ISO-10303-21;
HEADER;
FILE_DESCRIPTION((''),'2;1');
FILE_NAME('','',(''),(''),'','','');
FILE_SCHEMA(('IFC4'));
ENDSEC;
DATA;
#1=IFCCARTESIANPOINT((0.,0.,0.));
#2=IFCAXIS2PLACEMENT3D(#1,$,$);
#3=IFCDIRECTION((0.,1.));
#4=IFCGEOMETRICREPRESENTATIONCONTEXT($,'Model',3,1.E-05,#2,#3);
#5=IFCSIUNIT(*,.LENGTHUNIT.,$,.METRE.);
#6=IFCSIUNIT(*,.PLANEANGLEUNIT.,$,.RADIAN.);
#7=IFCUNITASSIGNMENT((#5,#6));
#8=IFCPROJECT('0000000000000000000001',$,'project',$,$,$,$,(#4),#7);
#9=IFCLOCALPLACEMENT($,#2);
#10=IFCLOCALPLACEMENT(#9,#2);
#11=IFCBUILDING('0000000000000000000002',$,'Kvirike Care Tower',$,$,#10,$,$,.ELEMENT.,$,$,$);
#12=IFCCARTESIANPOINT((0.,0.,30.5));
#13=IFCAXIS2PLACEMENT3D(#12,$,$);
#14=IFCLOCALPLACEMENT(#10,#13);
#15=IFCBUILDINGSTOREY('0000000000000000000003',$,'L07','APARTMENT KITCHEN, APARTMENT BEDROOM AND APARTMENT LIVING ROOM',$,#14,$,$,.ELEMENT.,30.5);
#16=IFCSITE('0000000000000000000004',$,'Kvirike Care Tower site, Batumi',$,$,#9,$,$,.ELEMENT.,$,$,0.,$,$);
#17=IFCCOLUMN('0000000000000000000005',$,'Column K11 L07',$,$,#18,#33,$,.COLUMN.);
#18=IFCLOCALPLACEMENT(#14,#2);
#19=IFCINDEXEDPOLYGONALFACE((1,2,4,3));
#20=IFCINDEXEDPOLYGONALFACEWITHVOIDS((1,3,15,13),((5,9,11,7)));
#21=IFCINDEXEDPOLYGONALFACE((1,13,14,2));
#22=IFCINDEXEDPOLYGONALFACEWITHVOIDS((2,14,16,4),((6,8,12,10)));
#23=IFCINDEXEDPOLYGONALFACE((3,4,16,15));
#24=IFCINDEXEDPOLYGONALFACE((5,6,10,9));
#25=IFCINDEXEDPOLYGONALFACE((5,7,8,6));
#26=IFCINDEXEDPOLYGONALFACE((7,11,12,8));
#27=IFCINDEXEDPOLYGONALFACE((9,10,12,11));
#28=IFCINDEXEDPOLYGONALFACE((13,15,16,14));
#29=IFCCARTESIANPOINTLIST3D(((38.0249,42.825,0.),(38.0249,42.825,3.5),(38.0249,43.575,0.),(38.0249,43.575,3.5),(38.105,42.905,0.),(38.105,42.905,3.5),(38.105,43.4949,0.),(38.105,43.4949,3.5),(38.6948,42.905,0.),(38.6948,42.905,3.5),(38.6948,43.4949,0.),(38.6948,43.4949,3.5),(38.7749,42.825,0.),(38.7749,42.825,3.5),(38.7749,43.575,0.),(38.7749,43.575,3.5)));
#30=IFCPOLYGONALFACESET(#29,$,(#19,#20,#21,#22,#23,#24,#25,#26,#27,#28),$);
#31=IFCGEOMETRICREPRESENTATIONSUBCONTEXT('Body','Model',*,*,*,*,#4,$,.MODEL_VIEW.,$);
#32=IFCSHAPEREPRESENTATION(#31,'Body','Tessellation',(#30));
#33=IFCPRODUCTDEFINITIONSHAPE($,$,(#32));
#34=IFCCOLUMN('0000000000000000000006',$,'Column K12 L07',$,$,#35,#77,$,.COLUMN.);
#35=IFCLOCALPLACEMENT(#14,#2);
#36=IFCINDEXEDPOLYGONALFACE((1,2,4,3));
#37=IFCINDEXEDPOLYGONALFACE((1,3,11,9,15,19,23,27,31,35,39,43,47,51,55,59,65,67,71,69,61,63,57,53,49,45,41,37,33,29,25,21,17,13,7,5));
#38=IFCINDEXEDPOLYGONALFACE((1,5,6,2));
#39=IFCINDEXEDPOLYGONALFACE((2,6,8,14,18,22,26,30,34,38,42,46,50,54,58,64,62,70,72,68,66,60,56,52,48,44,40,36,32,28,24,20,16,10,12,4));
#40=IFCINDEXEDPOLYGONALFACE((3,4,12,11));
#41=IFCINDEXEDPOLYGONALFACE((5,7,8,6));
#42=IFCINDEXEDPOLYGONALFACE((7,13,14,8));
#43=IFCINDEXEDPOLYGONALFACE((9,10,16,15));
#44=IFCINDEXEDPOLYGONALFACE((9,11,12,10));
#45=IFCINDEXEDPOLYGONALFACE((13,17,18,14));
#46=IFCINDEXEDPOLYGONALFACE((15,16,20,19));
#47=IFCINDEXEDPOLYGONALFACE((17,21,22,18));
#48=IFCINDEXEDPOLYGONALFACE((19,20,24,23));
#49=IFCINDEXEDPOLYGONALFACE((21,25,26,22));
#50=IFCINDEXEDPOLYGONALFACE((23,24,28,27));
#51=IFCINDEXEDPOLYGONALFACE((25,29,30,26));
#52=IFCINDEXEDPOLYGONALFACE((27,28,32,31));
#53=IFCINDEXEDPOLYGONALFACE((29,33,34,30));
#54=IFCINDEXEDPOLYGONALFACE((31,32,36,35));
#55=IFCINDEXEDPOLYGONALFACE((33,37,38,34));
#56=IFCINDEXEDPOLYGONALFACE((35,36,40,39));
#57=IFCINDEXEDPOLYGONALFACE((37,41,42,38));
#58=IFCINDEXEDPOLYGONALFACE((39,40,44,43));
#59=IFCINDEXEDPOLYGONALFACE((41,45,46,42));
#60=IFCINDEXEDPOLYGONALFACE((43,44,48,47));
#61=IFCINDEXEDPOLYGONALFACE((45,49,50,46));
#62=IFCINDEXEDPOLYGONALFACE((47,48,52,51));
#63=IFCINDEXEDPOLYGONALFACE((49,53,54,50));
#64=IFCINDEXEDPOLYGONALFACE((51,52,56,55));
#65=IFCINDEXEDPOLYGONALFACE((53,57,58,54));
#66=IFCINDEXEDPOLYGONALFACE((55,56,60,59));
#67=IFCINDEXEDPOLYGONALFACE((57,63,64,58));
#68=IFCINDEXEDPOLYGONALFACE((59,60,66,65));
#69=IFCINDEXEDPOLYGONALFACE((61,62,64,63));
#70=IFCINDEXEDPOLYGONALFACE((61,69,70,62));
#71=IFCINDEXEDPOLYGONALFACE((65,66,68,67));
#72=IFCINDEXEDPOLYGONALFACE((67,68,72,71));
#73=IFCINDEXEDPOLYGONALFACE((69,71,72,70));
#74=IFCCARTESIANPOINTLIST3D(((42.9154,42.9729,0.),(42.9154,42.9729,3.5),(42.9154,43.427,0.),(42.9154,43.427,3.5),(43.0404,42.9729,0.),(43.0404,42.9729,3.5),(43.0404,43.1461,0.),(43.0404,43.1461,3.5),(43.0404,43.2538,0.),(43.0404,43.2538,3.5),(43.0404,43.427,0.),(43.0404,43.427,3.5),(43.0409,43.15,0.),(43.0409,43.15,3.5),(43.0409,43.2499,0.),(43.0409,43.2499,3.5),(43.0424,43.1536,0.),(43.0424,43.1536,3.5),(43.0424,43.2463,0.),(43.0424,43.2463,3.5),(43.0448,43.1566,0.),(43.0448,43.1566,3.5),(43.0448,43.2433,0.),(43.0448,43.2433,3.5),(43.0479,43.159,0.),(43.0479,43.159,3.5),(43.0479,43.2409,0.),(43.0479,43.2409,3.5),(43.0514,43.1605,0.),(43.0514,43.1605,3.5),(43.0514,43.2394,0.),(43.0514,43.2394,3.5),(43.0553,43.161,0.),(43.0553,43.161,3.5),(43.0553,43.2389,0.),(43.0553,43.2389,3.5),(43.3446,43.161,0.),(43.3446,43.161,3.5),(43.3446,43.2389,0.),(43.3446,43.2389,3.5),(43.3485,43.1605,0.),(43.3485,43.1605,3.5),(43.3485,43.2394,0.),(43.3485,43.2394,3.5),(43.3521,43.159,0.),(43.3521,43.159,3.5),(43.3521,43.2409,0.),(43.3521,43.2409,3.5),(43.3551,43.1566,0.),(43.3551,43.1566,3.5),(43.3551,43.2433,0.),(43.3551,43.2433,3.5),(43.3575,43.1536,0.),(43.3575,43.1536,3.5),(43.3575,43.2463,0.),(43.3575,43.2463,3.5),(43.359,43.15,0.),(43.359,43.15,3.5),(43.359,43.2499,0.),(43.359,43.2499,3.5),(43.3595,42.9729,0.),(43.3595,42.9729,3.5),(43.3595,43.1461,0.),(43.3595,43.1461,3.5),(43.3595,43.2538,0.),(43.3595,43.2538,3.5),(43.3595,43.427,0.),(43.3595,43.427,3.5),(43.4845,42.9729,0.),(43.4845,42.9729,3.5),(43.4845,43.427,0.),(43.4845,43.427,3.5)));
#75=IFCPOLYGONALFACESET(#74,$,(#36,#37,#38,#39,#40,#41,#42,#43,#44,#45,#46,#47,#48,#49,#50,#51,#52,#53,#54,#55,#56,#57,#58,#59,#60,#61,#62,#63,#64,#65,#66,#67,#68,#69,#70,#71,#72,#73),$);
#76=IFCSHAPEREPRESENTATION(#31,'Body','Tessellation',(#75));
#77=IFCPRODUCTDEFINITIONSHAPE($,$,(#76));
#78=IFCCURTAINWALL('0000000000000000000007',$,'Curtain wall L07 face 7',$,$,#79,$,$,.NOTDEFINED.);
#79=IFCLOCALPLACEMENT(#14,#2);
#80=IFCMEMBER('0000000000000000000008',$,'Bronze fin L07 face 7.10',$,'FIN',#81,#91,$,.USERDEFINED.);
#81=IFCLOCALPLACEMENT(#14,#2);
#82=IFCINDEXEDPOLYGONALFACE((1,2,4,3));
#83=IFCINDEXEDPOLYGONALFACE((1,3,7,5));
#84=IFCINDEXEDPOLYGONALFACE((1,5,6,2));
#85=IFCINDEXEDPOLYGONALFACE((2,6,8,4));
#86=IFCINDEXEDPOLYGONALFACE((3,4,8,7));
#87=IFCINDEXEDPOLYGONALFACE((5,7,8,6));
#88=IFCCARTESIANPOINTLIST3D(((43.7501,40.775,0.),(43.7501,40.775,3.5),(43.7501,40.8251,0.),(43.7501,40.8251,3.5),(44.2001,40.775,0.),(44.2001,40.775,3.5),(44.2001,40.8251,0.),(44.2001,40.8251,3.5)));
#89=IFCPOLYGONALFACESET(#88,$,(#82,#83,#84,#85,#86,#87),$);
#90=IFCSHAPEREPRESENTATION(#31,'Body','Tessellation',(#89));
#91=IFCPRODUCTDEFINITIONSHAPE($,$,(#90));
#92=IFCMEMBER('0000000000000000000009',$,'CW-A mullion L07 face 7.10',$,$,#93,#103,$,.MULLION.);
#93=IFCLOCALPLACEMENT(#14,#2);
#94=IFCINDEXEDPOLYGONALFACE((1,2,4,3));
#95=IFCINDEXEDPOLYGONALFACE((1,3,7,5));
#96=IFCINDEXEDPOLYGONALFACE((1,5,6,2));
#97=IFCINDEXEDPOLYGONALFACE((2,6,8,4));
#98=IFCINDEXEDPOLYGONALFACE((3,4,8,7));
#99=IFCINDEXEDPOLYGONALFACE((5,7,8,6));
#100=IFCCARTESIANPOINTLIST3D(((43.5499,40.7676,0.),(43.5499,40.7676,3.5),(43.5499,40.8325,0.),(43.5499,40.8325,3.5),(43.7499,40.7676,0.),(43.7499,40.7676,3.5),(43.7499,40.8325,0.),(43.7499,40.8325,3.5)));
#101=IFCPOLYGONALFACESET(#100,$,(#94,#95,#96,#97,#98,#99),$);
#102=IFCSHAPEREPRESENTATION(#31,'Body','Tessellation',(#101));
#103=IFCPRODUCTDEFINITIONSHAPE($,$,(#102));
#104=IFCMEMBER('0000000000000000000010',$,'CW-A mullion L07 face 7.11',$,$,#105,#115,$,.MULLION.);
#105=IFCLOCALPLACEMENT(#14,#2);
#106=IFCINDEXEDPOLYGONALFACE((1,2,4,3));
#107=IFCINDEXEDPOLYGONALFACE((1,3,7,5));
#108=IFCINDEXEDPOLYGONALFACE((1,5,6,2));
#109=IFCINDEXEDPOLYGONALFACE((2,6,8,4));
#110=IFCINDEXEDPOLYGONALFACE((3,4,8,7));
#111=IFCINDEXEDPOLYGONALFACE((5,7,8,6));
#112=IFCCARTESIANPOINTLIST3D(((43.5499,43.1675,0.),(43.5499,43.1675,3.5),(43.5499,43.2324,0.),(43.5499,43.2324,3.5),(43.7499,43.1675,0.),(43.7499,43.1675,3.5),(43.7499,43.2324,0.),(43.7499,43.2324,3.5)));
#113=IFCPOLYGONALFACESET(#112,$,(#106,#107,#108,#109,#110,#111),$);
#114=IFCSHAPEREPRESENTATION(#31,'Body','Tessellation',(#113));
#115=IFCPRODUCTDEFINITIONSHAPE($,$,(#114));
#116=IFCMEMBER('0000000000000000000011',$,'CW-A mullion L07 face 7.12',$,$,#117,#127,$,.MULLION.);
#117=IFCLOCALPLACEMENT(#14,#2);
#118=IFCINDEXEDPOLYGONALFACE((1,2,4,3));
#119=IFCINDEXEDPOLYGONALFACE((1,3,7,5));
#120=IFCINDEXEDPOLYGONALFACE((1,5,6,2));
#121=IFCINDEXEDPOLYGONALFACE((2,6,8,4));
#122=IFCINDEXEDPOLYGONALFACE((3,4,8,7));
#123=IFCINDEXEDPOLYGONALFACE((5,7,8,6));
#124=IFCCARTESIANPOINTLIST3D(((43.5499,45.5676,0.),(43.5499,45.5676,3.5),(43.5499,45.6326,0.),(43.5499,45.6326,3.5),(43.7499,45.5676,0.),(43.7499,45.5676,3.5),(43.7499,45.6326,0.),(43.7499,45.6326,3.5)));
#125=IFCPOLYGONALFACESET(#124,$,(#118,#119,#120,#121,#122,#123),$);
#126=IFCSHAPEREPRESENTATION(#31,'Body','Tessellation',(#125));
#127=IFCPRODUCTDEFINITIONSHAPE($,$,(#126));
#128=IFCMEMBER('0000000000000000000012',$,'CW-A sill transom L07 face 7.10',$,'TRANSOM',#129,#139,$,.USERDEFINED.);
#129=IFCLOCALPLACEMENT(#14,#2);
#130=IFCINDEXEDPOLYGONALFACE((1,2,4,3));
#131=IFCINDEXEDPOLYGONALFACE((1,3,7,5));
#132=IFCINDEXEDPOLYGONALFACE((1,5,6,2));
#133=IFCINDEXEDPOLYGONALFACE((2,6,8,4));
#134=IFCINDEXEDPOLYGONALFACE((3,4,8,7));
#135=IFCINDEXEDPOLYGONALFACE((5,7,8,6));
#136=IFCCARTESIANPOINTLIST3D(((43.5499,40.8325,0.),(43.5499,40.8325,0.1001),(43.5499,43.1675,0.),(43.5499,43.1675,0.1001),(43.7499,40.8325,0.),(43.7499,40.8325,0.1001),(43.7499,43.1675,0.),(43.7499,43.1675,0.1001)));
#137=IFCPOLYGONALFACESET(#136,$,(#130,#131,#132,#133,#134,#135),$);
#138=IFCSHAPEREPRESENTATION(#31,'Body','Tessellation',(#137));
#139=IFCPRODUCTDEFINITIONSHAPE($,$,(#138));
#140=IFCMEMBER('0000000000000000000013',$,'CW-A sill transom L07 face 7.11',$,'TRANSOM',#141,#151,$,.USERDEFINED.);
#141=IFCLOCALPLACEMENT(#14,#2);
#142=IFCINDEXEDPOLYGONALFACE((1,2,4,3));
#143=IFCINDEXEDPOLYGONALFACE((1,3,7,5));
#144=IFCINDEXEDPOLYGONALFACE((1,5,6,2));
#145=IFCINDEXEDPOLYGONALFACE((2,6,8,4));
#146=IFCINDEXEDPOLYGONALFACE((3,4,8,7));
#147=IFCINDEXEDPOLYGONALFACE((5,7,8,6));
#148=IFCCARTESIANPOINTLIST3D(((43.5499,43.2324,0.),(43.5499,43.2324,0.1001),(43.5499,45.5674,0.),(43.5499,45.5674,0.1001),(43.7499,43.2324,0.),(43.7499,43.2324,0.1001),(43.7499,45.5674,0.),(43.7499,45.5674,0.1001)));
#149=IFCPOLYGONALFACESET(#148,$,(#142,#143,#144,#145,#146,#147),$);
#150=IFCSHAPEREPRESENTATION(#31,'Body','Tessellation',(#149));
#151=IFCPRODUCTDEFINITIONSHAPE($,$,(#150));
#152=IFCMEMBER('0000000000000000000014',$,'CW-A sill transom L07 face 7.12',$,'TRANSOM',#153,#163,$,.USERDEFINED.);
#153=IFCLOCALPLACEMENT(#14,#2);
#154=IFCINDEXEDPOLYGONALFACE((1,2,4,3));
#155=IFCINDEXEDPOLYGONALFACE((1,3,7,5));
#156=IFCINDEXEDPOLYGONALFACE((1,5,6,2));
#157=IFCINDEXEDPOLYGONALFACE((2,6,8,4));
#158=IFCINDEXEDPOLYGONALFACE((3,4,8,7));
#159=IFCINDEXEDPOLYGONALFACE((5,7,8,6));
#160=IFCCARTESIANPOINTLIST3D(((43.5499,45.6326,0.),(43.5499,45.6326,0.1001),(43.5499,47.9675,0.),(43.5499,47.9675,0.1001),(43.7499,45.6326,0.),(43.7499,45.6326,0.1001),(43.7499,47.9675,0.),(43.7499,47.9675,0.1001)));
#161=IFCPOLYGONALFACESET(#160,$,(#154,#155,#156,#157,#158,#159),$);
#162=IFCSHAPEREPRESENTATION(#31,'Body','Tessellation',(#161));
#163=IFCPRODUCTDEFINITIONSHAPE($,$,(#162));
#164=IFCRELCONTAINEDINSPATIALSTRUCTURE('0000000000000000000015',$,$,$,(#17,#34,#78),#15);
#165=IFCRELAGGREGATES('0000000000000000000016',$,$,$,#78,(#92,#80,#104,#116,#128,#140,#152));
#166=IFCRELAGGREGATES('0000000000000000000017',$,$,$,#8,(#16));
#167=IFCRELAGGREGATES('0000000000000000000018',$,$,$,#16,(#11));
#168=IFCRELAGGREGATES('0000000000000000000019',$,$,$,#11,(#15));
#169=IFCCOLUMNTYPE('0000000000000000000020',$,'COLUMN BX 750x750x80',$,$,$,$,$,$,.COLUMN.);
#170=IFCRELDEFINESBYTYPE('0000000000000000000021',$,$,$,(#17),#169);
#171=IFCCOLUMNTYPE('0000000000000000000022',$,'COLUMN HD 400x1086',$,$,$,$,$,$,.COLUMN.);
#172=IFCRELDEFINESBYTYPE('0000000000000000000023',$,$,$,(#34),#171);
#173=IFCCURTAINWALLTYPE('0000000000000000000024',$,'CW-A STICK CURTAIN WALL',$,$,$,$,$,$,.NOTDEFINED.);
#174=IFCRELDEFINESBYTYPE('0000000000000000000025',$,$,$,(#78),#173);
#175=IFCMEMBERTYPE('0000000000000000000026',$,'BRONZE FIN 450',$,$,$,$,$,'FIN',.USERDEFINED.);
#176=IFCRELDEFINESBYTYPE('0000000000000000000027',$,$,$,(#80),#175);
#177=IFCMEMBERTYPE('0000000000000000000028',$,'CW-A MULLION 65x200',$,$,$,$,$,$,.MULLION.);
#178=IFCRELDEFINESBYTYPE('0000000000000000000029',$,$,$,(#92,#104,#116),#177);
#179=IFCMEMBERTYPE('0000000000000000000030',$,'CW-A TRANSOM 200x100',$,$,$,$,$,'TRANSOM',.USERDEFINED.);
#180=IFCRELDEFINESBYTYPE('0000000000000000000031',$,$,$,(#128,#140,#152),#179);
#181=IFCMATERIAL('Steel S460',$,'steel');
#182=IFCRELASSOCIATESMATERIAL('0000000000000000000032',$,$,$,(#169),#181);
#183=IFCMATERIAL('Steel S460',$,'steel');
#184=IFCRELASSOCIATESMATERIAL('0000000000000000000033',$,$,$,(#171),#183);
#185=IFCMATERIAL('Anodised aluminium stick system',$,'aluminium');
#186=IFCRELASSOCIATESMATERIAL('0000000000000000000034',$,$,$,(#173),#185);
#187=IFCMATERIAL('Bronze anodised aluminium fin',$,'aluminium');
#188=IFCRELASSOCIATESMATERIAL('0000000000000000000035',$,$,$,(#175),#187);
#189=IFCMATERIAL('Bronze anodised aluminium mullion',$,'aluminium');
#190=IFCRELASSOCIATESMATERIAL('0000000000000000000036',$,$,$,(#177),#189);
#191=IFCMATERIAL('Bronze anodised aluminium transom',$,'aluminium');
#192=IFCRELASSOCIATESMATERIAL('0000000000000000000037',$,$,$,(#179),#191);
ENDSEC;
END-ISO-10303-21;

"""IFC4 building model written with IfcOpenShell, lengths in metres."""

from ifc_helpers import new_model, si_unit, direction, frame, origin, origin_2d, place, context, subcontext, project, spatial, rectangle, hollow_rectangle, i_section, extrude, material, material_profile, profile_set, type_object, element, aggregate, save


model = new_model("IFC4")

# Units and contexts
model_context = context("Model", 3, precision=1e-05, world=origin(), true_north=direction((0.0, 1.0)))
body_context = subcontext(model_context, "Body", "Model", "MODEL_VIEW")
ifc_project = project(units=[si_unit("LENGTHUNIT", "METRE"), si_unit("PLANEANGLEUNIT", "RADIAN")], contexts=[model_context])

# Site, building, storey
site_placement = place(None, origin())
site = spatial("IfcSite", under=ifc_project, at=site_placement, Name="Kvirike Care Tower site, Batumi", CompositionType="ELEMENT", RefElevation=0.0)
building_placement = place(site_placement, origin())
building = spatial("IfcBuilding", under=site, at=building_placement, Name="Kvirike Care Tower", CompositionType="ELEMENT")
storey_placement = place(building_placement, frame((0.0, 0.0, 30.5)))
storey = spatial("IfcBuildingStorey", under=building, at=storey_placement, Name="L07", Description="APARTMENT KITCHEN, APARTMENT BEDROOM AND APARTMENT LIVING ROOM", CompositionType="ELEMENT", Elevation=30.5)

# Columns
ifc_material_1 = material(Name="Steel S460", Category="steel")
ifc_material_profile_1 = material_profile(ifc_material_1, hollow_rectangle(XDim=0.75, YDim=0.75, WallThickness=0.0801, at=origin_2d()), Name="BX 750x750x80")
ifc_profile_set_1 = profile_set([ifc_material_profile_1], Name="Steel S460")
column_type_1 = type_object("IfcColumnType", Name="COLUMN BX 750x750x80", PredefinedType="COLUMN", material=ifc_profile_set_1)
column_1_placement = place(storey_placement, frame((38.3999, 43.2, 0.0), z_axis=(0.0, 0.0, 1.0), x_axis=(0.0, 1.0, 0.0)))
element("IfcColumn", 1, at=column_1_placement, inside=storey, type_object=column_type_1, Name="Column K11 L07", PredefinedType="COLUMN", context=body_context, shape_type="SweptSolid", body=[
    extrude(hollow_rectangle(XDim=0.75, YDim=0.75, WallThickness=0.0801, at=origin_2d()), origin(), (0.0, 0.0, 1.0), 3.5),
])
ifc_material_2 = material(Name="Steel S460", Category="steel")
ifc_material_profile_2 = material_profile(ifc_material_2, i_section(OverallWidth=0.4541, OverallDepth=0.5691, WebThickness=0.0779, FlangeThickness=0.125, FilletRadius=0.0149, at=origin_2d()), Name="HD 400x1086")
ifc_profile_set_2 = profile_set([ifc_material_profile_2], Name="Steel S460")
column_type_2 = type_object("IfcColumnType", Name="COLUMN HD 400x1086", PredefinedType="COLUMN", material=ifc_profile_set_2)
column_2_placement = place(storey_placement, frame((43.2, 43.2, 0.0), z_axis=(0.0, 0.0, 1.0), x_axis=(0.0, 1.0, 0.0)))
element("IfcColumn", 2, at=column_2_placement, inside=storey, type_object=column_type_2, Name="Column K12 L07", PredefinedType="COLUMN", context=body_context, shape_type="SweptSolid", body=[
    extrude(i_section(OverallWidth=0.4541, OverallDepth=0.5691, WebThickness=0.0779, FlangeThickness=0.125, FilletRadius=0.0149, at=origin_2d()), origin(), (0.0, 0.0, 1.0), 3.5),
])

# Curtain wall, members
ifc_material_3 = material(Name="Anodised aluminium stick system", Category="aluminium")
curtain_wall_type = type_object("IfcCurtainWallType", Name="CW-A STICK CURTAIN WALL", PredefinedType="NOTDEFINED", material=ifc_material_3)
curtain_wall_placement = place(storey_placement, origin())
curtain_wall = element("IfcCurtainWall", 3, at=curtain_wall_placement, inside=storey, type_object=curtain_wall_type, Name="Curtain wall L07 face 7", PredefinedType="NOTDEFINED")
ifc_material_4 = material(Name="Bronze anodised aluminium fin", Category="aluminium")
ifc_material_profile_3 = material_profile(ifc_material_4, rectangle(XDim=0.05, YDim=0.45, at=origin_2d()), Name="BRONZE FIN 450")
ifc_profile_set_3 = profile_set([ifc_material_profile_3], Name="Bronze anodised aluminium fin")
member_type_1 = type_object("IfcMemberType", Name="BRONZE FIN 450", ElementType="FIN", PredefinedType="USERDEFINED", material=ifc_profile_set_3)
member_1_placement = place(storey_placement, frame((43.9751, 40.8, 0.0), z_axis=(0.0, 0.0, 1.0), x_axis=(0.0, 1.0, 0.0)))
member_1 = element("IfcMember", 4, at=member_1_placement, type_object=member_type_1, Name="Bronze fin L07 face 7.10", ObjectType="FIN", PredefinedType="USERDEFINED", context=body_context, shape_type="SweptSolid", body=[
    extrude(rectangle(XDim=0.05, YDim=0.45, at=origin_2d()), origin(), (0.0, 0.0, 1.0), 3.5),
])
ifc_material_5 = material(Name="Bronze anodised aluminium mullion", Category="aluminium")
ifc_material_profile_4 = material_profile(ifc_material_5, rectangle(XDim=0.0649, YDim=0.2, at=origin_2d()), Name="CW-A MULLION 65x200")
ifc_profile_set_4 = profile_set([ifc_material_profile_4], Name="Bronze anodised aluminium mullion")
member_type_2 = type_object("IfcMemberType", Name="CW-A MULLION 65x200", PredefinedType="MULLION", material=ifc_profile_set_4)
member_2_placement = place(storey_placement, frame((43.6499, 40.8, 0.0), z_axis=(0.0, 0.0, 1.0), x_axis=(0.0, 1.0, 0.0)))
member_2 = element("IfcMember", 5, at=member_2_placement, type_object=member_type_2, Name="CW-A mullion L07 face 7.10", PredefinedType="MULLION", context=body_context, shape_type="SweptSolid", body=[
    extrude(rectangle(XDim=0.0649, YDim=0.2, at=origin_2d()), origin(), (0.0, 0.0, 1.0), 3.5),
])
member_3_placement = place(storey_placement, frame((43.6499, 43.2, 0.0), z_axis=(0.0, 0.0, 1.0), x_axis=(0.0, 1.0, 0.0)))
member_3 = element("IfcMember", 6, at=member_3_placement, type_object=member_type_2, Name="CW-A mullion L07 face 7.11", PredefinedType="MULLION", context=body_context, shape_type="SweptSolid", body=[
    extrude(rectangle(XDim=0.0649, YDim=0.2, at=origin_2d()), origin(), (0.0, 0.0, 1.0), 3.5),
])
member_4_placement = place(storey_placement, frame((43.6499, 45.6001, 0.0), z_axis=(0.0, 0.0, 1.0), x_axis=(0.0, 1.0, 0.0)))
member_4 = element("IfcMember", 7, at=member_4_placement, type_object=member_type_2, Name="CW-A mullion L07 face 7.12", PredefinedType="MULLION", context=body_context, shape_type="SweptSolid", body=[
    extrude(rectangle(XDim=0.0649, YDim=0.2, at=origin_2d()), origin(), (0.0, 0.0, 1.0), 3.5),
])
ifc_material_6 = material(Name="Bronze anodised aluminium transom", Category="aluminium")
ifc_material_profile_5 = material_profile(ifc_material_6, rectangle(XDim=0.2, YDim=0.1001, at=origin_2d()), Name="CW-A TRANSOM 200x100")
ifc_profile_set_5 = profile_set([ifc_material_profile_5], Name="Bronze anodised aluminium transom")
member_type_3 = type_object("IfcMemberType", Name="CW-A TRANSOM 200x100", ElementType="TRANSOM", PredefinedType="USERDEFINED", material=ifc_profile_set_5)
member_5_placement = place(storey_placement, frame((43.6499, 40.8325, 0.05), z_axis=(0.0, 1.0, 0.0), x_axis=(-1.0, 0.0, 0.0)))
member_5 = element("IfcMember", 8, at=member_5_placement, type_object=member_type_3, Name="CW-A sill transom L07 face 7.10", ObjectType="TRANSOM", PredefinedType="USERDEFINED", context=body_context, shape_type="SweptSolid", body=[
    extrude(rectangle(XDim=0.2, YDim=0.1001, at=origin_2d()), origin(), (0.0, 0.0, 1.0), 2.335),
])
member_6_placement = place(storey_placement, frame((43.6499, 43.2324, 0.05), z_axis=(0.0, 1.0, 0.0), x_axis=(-1.0, 0.0, 0.0)))
member_6 = element("IfcMember", 9, at=member_6_placement, type_object=member_type_3, Name="CW-A sill transom L07 face 7.11", ObjectType="TRANSOM", PredefinedType="USERDEFINED", context=body_context, shape_type="SweptSolid", body=[
    extrude(rectangle(XDim=0.2, YDim=0.1001, at=origin_2d()), origin(), (0.0, 0.0, 1.0), 2.335),
])
member_7_placement = place(storey_placement, frame((43.6499, 45.6326, 0.05), z_axis=(0.0, 1.0, 0.0), x_axis=(-1.0, 0.0, 0.0)))
member_7 = element("IfcMember", 10, at=member_7_placement, type_object=member_type_3, Name="CW-A sill transom L07 face 7.12", ObjectType="TRANSOM", PredefinedType="USERDEFINED", context=body_context, shape_type="SweptSolid", body=[
    extrude(rectangle(XDim=0.2, YDim=0.1001, at=origin_2d()), origin(), (0.0, 0.0, 1.0), 2.335),
])

aggregate(curtain_wall, [member_2, member_1, member_3, member_4, member_5, member_6, member_7])

save(model, "model.ifc")
